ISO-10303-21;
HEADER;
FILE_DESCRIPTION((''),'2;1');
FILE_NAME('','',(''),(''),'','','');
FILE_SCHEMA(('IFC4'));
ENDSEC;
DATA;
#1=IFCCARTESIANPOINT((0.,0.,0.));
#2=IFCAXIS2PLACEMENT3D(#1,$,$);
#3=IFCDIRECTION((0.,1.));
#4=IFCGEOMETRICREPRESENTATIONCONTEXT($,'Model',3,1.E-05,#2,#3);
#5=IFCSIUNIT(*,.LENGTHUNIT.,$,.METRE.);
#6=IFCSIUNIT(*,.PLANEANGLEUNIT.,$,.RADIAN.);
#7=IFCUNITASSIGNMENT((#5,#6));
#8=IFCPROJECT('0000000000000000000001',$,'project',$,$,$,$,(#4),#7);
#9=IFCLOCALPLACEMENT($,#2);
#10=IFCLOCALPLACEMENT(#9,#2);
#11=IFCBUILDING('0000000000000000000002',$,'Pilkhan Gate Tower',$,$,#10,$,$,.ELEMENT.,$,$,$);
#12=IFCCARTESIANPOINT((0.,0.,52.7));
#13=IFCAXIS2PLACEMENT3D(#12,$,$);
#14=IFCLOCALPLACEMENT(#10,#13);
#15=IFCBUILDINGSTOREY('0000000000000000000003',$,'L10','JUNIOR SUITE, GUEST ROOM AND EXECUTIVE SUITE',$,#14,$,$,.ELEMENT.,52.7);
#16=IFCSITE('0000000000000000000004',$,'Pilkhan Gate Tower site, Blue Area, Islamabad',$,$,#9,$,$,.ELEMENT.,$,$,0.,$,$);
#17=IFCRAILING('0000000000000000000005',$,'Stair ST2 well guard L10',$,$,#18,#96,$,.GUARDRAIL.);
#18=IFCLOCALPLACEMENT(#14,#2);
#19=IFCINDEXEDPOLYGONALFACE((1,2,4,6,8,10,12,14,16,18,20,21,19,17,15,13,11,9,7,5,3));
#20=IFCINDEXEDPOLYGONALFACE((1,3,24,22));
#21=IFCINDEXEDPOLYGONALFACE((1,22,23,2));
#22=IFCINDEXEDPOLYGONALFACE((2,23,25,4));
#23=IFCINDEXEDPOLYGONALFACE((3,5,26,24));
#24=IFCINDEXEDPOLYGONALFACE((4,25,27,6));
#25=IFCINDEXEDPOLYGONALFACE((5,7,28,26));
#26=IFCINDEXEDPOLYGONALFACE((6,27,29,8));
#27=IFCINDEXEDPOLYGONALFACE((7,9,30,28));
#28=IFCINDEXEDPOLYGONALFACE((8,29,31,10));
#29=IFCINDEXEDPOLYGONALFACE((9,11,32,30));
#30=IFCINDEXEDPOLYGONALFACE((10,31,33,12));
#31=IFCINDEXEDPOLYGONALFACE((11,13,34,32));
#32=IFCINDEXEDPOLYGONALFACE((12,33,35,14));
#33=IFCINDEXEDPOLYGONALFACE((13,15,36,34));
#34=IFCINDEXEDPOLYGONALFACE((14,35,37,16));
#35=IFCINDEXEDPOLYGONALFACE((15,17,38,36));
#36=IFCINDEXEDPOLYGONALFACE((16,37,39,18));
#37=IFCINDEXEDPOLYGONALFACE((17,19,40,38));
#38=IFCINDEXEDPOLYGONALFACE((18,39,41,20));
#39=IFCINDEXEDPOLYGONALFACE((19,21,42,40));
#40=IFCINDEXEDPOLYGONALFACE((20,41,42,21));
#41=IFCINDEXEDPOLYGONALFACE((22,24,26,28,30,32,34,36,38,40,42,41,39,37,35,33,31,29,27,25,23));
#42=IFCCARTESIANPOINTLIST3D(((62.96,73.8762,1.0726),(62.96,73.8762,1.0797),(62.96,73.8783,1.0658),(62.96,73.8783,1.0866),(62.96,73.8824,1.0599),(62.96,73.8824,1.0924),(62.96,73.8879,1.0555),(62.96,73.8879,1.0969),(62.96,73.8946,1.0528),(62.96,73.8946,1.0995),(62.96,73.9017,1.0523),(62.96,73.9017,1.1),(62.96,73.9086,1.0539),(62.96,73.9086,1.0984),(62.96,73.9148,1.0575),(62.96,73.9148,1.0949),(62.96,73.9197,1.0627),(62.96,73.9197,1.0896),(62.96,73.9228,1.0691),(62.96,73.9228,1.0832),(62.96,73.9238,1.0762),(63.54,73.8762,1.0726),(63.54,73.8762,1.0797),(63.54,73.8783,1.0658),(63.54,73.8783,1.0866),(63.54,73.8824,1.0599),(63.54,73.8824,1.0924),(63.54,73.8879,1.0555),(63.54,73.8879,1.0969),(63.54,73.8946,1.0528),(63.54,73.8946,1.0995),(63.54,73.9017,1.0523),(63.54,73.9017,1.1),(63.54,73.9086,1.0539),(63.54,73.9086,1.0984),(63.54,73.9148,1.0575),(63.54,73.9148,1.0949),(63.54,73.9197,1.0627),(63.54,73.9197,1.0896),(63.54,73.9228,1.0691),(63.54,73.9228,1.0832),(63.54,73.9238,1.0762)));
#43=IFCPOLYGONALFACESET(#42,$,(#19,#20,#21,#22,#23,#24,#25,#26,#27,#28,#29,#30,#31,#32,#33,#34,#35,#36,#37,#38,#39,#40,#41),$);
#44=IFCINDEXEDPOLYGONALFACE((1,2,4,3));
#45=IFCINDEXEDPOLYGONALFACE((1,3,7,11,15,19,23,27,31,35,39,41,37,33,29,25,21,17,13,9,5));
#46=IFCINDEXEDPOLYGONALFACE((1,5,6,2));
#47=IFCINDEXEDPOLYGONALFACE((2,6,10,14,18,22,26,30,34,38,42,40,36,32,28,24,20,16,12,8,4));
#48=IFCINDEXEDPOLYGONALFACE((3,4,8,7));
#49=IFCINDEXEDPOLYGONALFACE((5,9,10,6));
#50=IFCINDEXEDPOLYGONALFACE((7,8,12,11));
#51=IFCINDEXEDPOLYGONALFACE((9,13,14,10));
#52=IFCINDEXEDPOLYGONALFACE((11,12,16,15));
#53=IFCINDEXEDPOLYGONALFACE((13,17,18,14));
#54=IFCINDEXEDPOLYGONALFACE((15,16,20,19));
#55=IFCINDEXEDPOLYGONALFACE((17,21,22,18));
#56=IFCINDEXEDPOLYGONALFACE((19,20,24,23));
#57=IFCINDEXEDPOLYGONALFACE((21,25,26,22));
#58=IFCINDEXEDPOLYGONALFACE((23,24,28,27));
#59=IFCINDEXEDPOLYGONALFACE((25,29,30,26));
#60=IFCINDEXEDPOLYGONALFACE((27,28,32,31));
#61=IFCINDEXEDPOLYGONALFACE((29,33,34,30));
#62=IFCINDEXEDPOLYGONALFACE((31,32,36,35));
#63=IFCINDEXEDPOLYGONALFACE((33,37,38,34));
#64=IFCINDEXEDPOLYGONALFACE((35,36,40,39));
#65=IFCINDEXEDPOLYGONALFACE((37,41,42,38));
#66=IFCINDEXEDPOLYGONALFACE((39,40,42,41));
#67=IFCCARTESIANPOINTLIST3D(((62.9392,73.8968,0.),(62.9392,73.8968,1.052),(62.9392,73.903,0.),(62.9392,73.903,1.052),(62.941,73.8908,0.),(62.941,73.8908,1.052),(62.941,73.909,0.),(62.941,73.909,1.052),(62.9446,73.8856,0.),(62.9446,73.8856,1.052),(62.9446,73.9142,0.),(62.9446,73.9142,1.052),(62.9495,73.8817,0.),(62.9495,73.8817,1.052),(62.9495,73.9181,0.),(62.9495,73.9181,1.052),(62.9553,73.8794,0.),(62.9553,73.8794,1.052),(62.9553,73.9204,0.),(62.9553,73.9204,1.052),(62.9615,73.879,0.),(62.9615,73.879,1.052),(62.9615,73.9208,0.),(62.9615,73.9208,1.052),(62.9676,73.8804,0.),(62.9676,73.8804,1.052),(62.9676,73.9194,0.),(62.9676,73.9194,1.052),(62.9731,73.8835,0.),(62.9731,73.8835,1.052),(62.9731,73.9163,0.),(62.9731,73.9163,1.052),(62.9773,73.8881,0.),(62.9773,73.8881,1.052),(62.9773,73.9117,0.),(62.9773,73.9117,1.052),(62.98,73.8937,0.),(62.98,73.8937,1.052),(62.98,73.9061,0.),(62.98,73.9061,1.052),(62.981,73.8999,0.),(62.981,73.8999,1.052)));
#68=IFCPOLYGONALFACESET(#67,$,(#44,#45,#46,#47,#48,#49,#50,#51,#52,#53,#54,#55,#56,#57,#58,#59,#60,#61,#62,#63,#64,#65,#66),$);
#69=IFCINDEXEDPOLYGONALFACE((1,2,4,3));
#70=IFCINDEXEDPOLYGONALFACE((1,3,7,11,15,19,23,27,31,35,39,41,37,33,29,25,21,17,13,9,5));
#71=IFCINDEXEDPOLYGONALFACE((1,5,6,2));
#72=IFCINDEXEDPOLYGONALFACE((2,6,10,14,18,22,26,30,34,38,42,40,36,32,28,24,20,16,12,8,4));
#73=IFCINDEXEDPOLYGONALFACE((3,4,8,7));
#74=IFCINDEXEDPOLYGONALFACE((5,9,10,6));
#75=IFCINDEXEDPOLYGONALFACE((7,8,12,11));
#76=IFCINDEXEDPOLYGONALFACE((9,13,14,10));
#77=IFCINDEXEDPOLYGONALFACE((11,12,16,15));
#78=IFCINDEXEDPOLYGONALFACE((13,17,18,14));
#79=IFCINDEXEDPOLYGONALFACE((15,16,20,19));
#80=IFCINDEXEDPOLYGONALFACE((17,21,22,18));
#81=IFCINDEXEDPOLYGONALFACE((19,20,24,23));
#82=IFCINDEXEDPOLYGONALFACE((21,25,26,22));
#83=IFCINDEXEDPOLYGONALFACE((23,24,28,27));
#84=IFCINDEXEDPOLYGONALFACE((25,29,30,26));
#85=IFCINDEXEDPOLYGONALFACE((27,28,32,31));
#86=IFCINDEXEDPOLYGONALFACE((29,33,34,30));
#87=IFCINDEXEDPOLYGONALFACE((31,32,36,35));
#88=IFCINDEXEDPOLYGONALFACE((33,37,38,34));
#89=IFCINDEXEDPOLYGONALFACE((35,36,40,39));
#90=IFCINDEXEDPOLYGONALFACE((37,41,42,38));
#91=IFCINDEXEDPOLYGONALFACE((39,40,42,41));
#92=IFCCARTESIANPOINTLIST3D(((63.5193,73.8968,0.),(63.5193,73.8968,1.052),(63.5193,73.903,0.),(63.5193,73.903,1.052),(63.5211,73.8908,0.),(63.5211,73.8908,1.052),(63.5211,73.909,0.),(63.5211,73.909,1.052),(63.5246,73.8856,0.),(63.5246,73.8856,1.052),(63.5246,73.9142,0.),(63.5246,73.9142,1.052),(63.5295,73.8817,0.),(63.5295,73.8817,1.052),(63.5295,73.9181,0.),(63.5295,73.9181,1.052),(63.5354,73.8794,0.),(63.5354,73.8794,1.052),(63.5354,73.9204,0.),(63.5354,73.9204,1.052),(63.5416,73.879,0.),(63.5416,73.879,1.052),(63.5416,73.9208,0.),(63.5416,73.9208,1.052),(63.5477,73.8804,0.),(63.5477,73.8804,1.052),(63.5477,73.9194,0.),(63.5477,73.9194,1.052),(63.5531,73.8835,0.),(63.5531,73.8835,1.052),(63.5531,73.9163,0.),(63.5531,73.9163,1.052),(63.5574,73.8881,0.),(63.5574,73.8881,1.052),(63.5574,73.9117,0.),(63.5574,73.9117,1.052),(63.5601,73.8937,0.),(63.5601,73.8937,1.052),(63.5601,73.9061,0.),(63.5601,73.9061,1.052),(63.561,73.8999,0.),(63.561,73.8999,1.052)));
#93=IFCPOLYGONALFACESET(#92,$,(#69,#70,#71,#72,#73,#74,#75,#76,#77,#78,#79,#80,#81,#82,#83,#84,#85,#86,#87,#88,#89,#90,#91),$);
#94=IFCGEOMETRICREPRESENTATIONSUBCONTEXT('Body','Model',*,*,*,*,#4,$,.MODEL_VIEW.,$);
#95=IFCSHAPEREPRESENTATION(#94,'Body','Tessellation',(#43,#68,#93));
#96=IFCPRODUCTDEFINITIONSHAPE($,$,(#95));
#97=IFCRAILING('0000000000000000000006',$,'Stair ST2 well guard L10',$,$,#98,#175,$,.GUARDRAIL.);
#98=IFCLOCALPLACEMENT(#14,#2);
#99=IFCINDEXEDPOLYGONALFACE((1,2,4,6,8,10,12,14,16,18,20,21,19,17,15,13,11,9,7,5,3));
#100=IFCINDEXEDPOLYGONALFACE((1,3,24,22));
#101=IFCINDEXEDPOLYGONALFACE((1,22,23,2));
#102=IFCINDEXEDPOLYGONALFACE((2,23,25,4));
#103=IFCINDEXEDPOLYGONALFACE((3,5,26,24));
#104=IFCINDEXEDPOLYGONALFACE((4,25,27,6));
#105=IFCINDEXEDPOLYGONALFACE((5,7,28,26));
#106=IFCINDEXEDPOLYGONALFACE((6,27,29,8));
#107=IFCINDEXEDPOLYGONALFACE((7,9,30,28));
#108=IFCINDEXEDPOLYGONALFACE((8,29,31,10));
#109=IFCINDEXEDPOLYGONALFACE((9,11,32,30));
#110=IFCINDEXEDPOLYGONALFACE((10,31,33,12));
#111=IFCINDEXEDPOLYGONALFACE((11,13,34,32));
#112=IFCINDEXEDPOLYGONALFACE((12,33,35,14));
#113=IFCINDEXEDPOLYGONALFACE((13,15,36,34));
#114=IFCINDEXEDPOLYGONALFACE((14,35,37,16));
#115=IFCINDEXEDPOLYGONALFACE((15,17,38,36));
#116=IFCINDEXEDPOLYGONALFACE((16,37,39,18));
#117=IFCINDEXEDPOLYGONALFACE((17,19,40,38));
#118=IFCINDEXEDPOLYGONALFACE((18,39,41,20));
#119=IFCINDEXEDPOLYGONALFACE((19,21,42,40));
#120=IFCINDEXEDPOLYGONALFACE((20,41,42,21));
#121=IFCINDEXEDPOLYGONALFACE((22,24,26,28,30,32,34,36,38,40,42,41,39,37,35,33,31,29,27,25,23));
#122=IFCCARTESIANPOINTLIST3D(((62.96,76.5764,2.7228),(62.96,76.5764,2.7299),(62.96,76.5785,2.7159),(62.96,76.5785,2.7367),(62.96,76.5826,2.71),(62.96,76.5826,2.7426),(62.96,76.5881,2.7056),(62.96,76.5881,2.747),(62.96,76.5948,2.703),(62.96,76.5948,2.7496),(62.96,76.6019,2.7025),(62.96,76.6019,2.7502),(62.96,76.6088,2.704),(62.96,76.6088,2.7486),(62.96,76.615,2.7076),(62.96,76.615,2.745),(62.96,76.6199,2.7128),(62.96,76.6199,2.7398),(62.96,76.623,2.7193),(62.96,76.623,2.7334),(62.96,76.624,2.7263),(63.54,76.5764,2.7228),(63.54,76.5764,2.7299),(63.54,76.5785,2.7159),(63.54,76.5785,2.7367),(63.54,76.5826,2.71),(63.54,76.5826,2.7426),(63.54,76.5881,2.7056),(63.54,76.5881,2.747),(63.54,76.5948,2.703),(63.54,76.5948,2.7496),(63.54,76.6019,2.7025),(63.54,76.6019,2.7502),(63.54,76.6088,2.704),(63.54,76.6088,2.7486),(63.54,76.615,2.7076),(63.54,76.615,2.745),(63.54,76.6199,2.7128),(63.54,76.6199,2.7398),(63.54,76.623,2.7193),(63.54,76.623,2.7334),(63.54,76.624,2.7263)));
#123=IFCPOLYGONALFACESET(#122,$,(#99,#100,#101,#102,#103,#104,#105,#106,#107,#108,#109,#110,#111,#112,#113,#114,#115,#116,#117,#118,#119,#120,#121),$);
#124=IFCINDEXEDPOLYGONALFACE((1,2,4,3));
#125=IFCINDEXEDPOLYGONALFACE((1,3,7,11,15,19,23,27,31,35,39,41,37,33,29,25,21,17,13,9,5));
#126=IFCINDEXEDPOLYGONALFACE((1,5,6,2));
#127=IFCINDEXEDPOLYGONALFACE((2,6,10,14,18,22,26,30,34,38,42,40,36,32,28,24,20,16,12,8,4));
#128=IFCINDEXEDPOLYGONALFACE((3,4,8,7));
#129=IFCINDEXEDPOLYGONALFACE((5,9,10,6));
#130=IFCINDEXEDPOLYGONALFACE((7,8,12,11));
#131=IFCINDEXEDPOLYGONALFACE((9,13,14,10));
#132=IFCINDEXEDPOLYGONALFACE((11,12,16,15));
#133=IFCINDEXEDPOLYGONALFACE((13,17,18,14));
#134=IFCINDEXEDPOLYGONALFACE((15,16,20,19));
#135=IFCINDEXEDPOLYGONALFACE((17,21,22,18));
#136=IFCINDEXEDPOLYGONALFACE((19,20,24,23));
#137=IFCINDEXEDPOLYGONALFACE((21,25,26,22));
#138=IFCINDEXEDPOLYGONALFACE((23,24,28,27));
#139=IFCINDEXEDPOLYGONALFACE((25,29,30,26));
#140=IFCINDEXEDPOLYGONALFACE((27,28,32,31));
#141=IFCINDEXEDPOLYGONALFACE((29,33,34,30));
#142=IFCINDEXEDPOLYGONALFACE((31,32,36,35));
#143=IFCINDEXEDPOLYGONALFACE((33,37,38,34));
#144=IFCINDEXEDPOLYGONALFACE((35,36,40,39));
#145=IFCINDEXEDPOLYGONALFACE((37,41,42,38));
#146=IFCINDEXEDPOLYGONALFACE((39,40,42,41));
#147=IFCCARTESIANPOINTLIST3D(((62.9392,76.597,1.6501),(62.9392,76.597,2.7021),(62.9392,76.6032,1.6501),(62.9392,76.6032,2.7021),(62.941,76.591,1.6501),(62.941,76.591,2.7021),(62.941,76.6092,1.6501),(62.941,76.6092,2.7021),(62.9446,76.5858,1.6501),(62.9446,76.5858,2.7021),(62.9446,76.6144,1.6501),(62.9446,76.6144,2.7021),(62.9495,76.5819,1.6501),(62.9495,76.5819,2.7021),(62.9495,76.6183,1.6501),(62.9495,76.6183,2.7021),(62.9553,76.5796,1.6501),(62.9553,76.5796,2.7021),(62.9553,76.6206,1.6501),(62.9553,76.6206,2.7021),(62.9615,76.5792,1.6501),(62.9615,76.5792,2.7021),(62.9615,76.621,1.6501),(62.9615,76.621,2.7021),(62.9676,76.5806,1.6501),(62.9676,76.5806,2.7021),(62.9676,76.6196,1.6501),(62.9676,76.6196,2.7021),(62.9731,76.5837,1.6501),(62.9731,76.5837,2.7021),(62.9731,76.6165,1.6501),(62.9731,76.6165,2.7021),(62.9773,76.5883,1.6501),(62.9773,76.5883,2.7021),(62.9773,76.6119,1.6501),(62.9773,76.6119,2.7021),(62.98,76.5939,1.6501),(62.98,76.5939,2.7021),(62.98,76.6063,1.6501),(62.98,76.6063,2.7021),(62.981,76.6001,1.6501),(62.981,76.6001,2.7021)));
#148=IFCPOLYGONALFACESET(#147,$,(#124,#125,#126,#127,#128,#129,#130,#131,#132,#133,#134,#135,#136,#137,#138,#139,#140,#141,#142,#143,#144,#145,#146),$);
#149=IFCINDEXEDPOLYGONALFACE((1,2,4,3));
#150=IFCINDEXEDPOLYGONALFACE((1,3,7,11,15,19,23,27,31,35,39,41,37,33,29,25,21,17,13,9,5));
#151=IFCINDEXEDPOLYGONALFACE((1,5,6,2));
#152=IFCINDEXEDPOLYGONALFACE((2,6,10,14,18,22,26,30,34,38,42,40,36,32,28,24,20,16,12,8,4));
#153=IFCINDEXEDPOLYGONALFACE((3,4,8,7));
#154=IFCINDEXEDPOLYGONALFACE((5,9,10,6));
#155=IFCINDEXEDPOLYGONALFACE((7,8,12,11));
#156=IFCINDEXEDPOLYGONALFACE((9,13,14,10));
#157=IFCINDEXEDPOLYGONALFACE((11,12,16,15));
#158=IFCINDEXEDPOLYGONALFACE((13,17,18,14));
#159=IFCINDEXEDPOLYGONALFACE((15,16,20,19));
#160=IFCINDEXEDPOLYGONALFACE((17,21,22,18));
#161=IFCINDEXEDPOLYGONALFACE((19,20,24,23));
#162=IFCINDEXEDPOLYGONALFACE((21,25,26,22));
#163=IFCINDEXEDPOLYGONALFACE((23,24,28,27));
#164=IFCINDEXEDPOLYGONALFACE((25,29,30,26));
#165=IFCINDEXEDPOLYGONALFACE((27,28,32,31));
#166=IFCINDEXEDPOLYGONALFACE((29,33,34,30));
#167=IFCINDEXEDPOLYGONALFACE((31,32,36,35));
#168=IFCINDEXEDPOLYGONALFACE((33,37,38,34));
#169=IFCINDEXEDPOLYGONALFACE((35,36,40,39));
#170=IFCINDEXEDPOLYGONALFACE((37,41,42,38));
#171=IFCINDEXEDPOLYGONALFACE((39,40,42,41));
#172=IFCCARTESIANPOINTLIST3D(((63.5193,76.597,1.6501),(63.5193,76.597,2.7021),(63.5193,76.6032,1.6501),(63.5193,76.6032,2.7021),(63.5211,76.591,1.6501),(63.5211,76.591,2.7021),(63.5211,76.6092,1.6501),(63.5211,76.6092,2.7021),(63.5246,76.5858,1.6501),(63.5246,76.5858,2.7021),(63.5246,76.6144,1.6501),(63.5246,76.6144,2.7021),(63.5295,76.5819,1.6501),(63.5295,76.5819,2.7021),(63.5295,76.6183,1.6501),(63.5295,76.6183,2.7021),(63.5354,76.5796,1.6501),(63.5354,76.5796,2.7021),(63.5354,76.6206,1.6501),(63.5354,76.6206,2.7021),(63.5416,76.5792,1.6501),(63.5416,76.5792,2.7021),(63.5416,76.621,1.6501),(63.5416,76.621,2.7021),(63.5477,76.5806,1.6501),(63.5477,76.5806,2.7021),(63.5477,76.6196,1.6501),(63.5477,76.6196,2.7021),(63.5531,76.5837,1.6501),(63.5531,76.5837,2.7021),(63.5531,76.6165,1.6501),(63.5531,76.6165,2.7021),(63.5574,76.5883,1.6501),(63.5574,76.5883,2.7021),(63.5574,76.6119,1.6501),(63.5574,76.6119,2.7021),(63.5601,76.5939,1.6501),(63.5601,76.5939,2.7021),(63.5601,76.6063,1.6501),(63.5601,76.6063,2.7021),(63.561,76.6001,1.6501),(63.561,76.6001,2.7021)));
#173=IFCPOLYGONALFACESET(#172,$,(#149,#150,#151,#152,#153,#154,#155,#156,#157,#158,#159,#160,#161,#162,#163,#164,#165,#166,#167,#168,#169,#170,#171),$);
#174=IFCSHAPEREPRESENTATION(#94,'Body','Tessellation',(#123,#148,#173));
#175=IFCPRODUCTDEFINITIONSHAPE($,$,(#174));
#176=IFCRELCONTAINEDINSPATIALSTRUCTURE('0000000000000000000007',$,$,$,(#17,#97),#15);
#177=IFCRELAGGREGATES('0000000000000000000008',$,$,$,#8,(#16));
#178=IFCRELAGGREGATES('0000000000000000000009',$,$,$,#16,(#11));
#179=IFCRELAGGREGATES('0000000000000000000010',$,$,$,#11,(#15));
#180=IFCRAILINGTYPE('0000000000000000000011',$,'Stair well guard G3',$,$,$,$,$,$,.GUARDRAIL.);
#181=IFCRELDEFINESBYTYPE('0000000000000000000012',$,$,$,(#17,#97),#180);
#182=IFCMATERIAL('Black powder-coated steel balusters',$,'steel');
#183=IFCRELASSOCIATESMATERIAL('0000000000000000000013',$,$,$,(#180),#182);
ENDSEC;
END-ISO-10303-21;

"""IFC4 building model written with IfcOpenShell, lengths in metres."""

from ifc_helpers import new_model, si_unit, direction, frame, origin, origin_2d, place, context, subcontext, project, spatial, circle, extrude, material, type_object, element, save


model = new_model("IFC4")

# Units and contexts
model_context = context("Model", 3, precision=1e-05, world=origin(), true_north=direction((0.0, 1.0)))
body_context = subcontext(model_context, "Body", "Model", "MODEL_VIEW")
ifc_project = project(units=[si_unit("LENGTHUNIT", "METRE"), si_unit("PLANEANGLEUNIT", "RADIAN")], contexts=[model_context])

# Site, building, storey
site_placement = place(None, origin())
site = spatial("IfcSite", under=ifc_project, at=site_placement, Name="Pilkhan Gate Tower site, Blue Area, Islamabad", CompositionType="ELEMENT", RefElevation=0.0)
building_placement = place(site_placement, origin())
building = spatial("IfcBuilding", under=site, at=building_placement, Name="Pilkhan Gate Tower", CompositionType="ELEMENT")
storey_placement = place(building_placement, frame((0.0, 0.0, 52.7)))
storey = spatial("IfcBuildingStorey", under=building, at=storey_placement, Name="L10", Description="JUNIOR SUITE, GUEST ROOM AND EXECUTIVE SUITE", CompositionType="ELEMENT", Elevation=52.7)

# Railings
ifc_material_1 = material(Name="Black powder-coated steel balusters", Category="steel")
railing_type_1 = type_object("IfcRailingType", Name="Stair well guard G3", PredefinedType="GUARDRAIL", material=ifc_material_1)
for number, where, name in (
    (1, (62.96, 73.8999, 0.0), "Stair ST2 well guard L10"),
    (2, (62.96, 76.6001, 1.6501), "Stair ST2 well guard L10"),
):
    element("IfcRailing", number, at=place(storey_placement, frame(where)), inside=storey, type_object=railing_type_1, Name=name, PredefinedType="GUARDRAIL", context=body_context, shape_type="SweptSolid", body=[
        extrude(circle(Radius=0.0239, at=origin_2d()), frame((0.0, 0.0, 1.0762), z_axis=(1.0, 0.0, 0.0), x_axis=(0.0, 1.0, 0.0)), (0.0, 0.0, 1.0), 0.5801),
        extrude(circle(Radius=0.021, at=origin_2d()), origin(), (0.0, 0.0, 1.0), 1.052),
        extrude(circle(Radius=0.021, at=origin_2d()), frame((0.5801, 0.0, 0.0)), (0.0, 0.0, 1.0), 1.052),
    ])

save(model, "model.ifc")
